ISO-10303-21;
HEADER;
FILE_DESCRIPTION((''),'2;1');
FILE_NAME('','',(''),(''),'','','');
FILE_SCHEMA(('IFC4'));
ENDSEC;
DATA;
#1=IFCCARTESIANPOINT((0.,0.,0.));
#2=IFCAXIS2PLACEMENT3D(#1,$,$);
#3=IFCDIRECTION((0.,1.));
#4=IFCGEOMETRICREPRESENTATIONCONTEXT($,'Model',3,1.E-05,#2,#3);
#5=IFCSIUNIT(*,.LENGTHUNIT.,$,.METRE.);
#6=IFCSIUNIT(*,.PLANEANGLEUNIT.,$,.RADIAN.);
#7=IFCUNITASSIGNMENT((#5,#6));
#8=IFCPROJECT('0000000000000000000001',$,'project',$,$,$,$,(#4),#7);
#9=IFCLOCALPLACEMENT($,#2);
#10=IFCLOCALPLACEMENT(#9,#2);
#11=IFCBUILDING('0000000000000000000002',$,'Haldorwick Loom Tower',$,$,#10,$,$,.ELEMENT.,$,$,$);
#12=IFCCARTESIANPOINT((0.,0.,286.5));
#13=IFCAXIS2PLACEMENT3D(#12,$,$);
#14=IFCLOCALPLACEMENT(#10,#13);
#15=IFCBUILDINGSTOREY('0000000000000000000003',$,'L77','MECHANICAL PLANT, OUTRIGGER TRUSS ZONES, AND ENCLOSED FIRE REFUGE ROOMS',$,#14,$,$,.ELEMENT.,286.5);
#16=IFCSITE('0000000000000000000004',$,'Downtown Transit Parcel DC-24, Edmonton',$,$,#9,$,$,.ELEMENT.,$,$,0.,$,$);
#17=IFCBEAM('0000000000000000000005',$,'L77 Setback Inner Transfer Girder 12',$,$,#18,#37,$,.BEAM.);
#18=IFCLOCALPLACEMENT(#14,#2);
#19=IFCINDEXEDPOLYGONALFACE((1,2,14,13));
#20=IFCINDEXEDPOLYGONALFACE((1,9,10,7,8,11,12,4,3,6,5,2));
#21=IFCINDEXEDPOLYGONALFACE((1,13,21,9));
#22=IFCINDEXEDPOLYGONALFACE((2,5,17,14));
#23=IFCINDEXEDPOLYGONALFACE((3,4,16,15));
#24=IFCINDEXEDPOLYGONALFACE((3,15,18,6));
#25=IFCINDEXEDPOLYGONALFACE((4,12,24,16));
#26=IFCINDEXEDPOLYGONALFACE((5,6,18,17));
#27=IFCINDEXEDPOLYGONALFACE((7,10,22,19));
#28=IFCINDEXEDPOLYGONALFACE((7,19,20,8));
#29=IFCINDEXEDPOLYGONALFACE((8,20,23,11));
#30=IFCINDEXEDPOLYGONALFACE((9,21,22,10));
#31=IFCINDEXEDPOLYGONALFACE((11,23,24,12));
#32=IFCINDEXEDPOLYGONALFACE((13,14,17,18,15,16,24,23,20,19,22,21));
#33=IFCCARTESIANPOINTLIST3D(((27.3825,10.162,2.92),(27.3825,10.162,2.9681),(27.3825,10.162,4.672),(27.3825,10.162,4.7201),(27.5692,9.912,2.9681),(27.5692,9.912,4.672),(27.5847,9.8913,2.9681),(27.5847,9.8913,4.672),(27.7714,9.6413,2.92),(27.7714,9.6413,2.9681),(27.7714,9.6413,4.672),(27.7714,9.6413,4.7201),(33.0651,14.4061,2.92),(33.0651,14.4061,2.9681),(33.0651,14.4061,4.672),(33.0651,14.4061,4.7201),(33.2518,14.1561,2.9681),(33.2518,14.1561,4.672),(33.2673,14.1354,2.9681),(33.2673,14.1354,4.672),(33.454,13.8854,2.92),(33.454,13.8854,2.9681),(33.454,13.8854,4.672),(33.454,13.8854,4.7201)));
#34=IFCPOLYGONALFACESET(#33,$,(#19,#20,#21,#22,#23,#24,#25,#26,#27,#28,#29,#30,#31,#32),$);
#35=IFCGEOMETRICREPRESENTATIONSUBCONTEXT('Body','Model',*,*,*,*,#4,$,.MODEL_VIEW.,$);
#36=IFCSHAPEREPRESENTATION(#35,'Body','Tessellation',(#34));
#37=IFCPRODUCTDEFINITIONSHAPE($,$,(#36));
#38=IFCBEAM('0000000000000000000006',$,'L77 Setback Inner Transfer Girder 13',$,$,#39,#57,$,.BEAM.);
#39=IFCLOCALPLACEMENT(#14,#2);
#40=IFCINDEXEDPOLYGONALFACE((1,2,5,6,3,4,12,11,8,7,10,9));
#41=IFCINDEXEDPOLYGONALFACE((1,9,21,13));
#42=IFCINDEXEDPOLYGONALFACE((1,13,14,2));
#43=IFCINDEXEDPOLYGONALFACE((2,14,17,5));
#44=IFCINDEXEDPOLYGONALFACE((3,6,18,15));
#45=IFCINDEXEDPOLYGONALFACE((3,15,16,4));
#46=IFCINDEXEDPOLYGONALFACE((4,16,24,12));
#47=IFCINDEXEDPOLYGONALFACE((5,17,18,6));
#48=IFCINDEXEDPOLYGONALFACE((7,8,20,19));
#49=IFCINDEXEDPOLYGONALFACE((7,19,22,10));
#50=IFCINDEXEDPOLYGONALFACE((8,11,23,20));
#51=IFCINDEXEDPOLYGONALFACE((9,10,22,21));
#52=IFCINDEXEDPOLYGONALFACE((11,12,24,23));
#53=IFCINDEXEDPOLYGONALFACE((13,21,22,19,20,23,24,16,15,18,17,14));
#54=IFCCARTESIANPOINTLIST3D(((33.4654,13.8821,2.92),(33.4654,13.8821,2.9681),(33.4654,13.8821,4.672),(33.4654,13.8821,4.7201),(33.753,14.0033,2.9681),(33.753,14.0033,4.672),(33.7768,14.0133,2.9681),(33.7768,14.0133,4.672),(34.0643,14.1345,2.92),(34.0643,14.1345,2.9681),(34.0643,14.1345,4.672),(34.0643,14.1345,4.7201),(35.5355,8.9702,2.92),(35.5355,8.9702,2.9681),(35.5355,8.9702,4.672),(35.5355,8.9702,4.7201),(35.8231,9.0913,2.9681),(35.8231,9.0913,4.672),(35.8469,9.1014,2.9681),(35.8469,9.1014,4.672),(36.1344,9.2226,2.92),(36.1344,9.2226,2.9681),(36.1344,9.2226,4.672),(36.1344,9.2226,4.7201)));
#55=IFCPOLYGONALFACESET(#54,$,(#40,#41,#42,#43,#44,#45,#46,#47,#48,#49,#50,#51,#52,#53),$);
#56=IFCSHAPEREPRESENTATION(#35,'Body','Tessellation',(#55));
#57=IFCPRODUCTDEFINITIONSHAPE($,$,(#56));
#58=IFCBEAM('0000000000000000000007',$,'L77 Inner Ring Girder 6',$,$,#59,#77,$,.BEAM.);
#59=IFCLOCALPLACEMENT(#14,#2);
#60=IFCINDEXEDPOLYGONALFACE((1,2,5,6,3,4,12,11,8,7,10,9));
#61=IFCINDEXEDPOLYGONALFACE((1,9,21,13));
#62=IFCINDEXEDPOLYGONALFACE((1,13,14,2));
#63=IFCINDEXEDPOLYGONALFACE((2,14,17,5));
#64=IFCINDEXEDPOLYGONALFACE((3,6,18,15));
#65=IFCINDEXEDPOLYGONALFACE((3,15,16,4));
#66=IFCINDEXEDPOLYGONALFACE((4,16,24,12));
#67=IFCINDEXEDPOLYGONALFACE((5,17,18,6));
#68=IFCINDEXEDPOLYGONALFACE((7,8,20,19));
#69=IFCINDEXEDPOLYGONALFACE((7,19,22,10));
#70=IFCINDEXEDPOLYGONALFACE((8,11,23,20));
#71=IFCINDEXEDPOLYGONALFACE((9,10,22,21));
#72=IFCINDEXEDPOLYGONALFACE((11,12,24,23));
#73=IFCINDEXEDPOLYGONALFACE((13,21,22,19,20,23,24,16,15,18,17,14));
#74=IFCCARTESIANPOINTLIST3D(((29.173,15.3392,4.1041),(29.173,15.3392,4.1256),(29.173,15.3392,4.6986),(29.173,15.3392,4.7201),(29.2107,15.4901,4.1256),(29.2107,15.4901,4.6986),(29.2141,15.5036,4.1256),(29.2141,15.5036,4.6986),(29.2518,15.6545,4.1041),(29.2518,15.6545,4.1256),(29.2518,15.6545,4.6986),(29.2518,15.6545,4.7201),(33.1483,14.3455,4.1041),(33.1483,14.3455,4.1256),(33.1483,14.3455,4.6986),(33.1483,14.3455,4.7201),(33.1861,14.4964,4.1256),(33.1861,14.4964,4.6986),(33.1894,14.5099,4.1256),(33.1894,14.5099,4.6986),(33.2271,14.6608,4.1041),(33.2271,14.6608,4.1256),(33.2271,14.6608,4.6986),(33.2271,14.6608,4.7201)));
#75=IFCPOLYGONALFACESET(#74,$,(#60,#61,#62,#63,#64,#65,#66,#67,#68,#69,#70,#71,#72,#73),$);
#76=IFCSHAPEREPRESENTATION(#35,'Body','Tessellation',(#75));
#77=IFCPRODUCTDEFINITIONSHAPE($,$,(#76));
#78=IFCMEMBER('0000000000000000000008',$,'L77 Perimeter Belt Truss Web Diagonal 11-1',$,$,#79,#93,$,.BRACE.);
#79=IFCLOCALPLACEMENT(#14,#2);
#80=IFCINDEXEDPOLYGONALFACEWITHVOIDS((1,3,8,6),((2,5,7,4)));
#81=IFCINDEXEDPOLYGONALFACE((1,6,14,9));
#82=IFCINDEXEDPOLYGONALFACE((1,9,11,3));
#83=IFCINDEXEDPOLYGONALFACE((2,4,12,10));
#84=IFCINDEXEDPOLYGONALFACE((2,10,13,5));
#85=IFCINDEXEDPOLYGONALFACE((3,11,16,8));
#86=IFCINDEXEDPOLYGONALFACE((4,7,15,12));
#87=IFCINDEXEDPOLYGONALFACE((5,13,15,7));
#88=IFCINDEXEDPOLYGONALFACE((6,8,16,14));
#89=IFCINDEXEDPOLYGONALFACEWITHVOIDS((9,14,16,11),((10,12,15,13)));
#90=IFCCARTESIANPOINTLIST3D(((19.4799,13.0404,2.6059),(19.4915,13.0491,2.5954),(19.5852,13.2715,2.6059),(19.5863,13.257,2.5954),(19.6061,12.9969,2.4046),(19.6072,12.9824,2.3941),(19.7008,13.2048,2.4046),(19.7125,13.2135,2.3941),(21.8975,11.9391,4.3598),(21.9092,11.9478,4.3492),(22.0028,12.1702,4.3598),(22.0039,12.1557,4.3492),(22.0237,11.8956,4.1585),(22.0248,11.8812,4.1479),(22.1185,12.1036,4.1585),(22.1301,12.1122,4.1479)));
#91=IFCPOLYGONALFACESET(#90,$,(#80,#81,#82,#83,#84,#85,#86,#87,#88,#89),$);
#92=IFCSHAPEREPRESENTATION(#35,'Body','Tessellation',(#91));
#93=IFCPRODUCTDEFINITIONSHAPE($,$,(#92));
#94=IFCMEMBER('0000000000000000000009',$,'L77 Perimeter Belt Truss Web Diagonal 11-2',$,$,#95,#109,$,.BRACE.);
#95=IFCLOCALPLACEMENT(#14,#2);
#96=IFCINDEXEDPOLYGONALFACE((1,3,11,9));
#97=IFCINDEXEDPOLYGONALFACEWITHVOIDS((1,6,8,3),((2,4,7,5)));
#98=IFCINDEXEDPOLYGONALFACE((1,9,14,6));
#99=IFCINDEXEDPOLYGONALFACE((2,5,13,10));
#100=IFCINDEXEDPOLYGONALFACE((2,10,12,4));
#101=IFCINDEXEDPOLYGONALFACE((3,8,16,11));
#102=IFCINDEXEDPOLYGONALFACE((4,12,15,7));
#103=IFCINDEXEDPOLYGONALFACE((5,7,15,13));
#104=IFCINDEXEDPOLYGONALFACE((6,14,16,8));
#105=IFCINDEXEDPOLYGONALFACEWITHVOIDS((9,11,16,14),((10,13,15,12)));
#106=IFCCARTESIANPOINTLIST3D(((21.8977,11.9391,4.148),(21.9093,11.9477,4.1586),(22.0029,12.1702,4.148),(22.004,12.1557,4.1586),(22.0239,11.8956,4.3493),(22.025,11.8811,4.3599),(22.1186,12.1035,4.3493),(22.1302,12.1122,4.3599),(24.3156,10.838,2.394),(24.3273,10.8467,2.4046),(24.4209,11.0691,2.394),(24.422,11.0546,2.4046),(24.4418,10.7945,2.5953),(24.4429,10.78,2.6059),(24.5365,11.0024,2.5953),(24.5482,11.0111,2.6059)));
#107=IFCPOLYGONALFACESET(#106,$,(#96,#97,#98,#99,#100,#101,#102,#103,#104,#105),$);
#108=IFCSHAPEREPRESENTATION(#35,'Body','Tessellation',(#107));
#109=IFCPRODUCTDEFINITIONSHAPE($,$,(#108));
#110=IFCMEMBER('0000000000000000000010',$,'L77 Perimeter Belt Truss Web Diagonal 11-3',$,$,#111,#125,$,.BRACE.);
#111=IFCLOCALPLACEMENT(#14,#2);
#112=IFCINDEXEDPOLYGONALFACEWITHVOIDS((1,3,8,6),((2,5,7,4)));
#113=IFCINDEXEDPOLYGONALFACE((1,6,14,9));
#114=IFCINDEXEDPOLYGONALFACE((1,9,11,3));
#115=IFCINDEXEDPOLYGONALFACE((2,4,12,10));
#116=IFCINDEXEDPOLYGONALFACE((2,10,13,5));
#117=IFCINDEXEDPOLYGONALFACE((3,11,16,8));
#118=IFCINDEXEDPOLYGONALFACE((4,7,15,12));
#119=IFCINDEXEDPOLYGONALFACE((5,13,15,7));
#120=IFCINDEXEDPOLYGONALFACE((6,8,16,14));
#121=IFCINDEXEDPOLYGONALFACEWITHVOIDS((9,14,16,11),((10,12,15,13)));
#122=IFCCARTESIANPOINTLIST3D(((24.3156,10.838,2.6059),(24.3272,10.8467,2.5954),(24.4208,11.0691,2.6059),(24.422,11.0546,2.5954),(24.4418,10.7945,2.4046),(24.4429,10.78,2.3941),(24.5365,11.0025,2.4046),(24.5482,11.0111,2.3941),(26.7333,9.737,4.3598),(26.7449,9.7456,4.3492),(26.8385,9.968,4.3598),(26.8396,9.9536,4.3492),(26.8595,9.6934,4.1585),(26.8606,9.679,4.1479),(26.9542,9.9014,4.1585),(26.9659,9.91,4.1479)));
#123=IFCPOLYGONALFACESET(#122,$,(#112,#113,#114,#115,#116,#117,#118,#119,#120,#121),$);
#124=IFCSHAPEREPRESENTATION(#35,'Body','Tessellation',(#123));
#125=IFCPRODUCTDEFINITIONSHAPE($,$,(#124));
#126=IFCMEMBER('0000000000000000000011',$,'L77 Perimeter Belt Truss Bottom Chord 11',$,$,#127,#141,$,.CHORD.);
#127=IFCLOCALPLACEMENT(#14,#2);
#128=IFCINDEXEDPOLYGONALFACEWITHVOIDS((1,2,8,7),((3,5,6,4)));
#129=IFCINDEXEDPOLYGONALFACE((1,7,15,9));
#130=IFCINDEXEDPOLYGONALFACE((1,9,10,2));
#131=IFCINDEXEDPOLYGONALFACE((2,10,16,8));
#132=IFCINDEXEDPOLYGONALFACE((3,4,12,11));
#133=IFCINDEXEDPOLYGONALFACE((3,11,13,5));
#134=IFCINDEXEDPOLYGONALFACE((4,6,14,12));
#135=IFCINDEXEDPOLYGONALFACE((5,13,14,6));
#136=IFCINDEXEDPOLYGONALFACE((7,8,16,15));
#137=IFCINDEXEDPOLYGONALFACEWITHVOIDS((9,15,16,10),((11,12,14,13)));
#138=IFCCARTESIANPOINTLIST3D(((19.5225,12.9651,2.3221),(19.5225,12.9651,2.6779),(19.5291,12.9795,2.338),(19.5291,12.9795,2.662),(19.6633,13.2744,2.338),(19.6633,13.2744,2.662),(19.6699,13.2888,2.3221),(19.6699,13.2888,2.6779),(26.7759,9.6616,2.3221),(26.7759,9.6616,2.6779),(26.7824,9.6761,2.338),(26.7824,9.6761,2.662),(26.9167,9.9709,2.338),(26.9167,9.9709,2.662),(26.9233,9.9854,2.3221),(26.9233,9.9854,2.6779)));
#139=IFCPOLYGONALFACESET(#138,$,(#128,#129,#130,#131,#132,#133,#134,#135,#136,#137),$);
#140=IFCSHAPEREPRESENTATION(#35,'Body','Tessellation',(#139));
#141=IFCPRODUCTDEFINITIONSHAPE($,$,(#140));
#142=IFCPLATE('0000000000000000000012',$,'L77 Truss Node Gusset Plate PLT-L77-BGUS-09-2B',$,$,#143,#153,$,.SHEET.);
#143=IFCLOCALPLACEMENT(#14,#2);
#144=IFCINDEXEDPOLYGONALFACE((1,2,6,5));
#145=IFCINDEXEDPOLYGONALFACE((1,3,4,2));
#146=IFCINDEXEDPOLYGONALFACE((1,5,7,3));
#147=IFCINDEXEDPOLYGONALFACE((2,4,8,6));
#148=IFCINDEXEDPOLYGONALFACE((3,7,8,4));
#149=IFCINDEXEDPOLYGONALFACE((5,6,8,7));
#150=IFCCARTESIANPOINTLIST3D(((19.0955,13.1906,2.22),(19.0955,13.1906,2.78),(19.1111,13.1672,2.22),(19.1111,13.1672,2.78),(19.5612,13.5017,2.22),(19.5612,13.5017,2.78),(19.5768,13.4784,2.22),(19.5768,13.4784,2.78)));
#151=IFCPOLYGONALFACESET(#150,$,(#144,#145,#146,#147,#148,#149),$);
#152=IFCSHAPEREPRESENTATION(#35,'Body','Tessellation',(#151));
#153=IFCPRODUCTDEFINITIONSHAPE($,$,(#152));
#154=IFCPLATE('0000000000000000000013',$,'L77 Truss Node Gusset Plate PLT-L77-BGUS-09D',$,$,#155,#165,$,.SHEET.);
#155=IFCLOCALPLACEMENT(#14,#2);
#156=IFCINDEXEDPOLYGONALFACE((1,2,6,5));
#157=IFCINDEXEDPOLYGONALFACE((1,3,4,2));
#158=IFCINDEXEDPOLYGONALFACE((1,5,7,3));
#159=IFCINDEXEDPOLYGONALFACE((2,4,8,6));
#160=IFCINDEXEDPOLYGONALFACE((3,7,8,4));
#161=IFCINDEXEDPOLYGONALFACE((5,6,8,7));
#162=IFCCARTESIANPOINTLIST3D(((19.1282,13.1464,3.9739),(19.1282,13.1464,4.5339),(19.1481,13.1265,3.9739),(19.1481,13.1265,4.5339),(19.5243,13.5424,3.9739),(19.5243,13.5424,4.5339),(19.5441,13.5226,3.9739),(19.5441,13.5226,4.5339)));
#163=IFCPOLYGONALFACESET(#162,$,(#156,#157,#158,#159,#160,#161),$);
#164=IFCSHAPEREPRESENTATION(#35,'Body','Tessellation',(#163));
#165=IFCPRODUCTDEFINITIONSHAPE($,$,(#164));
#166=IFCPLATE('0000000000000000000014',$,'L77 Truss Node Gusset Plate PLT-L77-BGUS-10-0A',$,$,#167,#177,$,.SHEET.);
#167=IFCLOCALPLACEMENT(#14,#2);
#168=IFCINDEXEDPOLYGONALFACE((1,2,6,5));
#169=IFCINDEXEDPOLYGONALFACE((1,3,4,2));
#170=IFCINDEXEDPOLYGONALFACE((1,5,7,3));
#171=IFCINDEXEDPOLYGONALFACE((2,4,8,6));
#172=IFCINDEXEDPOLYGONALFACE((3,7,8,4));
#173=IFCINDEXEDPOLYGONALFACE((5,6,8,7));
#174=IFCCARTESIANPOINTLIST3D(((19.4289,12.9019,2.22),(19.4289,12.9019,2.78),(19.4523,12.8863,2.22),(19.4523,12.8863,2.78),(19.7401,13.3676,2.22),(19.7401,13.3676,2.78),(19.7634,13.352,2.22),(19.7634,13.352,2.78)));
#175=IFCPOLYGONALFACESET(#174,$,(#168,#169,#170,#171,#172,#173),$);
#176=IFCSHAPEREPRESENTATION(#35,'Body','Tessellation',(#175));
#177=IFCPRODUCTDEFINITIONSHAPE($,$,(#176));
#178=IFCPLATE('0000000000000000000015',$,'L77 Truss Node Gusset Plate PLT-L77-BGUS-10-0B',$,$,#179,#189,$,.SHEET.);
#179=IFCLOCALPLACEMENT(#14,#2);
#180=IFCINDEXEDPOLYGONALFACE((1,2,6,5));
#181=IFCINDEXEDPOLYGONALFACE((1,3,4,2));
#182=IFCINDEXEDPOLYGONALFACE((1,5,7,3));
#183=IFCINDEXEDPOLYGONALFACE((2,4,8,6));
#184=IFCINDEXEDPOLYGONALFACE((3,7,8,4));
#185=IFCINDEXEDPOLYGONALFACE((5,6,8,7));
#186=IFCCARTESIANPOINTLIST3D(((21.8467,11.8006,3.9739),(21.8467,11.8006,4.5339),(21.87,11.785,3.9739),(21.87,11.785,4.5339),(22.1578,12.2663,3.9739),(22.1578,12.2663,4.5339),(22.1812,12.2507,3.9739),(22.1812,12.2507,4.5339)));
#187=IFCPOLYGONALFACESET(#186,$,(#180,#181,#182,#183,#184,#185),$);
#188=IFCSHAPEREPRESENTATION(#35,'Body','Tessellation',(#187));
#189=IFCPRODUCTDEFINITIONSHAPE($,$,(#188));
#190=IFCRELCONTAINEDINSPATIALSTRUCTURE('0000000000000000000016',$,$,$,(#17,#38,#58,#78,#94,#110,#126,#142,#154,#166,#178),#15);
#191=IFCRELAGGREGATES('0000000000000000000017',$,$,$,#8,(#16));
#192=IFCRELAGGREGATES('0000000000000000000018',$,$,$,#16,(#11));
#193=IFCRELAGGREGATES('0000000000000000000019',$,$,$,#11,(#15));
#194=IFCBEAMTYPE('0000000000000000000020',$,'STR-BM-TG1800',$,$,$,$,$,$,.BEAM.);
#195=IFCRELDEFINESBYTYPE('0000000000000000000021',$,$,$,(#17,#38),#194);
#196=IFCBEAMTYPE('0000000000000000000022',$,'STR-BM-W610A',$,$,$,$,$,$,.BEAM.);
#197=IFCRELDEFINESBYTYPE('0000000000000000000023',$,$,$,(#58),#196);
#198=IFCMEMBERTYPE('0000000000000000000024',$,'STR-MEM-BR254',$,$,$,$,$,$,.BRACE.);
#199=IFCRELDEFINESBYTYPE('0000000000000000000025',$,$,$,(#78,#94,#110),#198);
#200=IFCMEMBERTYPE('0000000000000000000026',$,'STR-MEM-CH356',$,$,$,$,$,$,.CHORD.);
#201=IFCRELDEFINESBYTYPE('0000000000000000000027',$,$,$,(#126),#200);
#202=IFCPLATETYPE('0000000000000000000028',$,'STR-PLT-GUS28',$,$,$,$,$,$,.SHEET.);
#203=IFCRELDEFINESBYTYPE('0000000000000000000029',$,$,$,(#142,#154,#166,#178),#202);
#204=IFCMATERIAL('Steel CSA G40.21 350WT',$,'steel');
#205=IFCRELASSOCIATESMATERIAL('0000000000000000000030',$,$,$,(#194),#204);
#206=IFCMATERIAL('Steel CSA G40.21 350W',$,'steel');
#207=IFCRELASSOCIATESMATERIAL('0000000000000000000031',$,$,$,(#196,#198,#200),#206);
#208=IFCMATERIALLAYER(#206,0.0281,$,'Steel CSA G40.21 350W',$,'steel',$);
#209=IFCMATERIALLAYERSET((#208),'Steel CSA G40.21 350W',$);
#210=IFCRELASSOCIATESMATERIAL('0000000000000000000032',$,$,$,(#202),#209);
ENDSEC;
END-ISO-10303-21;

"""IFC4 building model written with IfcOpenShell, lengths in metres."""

from ifc_helpers import new_model, si_unit, direction, frame, origin, origin_2d, place, context, subcontext, project, spatial, rectangle, hollow_rectangle, i_section, extrude, material, layer, layer_set, material_profile, profile_set, type_object, element, save


model = new_model("IFC4")

# Units and contexts
model_context = context("Model", 3, precision=1e-05, world=origin(), true_north=direction((0.0, 1.0)))
body_context = subcontext(model_context, "Body", "Model", "MODEL_VIEW")
ifc_project = project(units=[si_unit("LENGTHUNIT", "METRE"), si_unit("PLANEANGLEUNIT", "RADIAN")], contexts=[model_context])

# Site, building, storey
site_placement = place(None, origin())
site = spatial("IfcSite", under=ifc_project, at=site_placement, Name="Downtown Transit Parcel DC-24, Edmonton", CompositionType="ELEMENT", RefElevation=0.0)
building_placement = place(site_placement, origin())
building = spatial("IfcBuilding", under=site, at=building_placement, Name="Haldorwick Loom Tower", CompositionType="ELEMENT")
storey_placement = place(building_placement, frame((0.0, 0.0, 286.5)))
storey = spatial("IfcBuildingStorey", under=building, at=storey_placement, Name="L77", Description="MECHANICAL PLANT, OUTRIGGER TRUSS ZONES, AND ENCLOSED FIRE REFUGE ROOMS", CompositionType="ELEMENT", Elevation=286.5)

# Shared definitions
ifc_material_1 = material(Name="Steel CSA G40.21 350W", Category="steel")

# Beams
ifc_material_2 = material(Name="Steel CSA G40.21 350WT", Category="steel")
ifc_material_profile_1 = material_profile(ifc_material_2, i_section(OverallWidth=0.6499, OverallDepth=1.8, WebThickness=0.0259, FlangeThickness=0.0481, at=origin_2d()), Name="WWF1800X650", Category="steel")
ifc_profile_set_1 = profile_set([ifc_material_profile_1], Name="Steel CSA G40.21 350WT")
beam_type_1 = type_object("IfcBeamType", Name="STR-BM-TG1800", PredefinedType="BEAM", material=ifc_profile_set_1)
beam_1_placement = place(storey_placement, frame((33.2595, 14.1458, 3.8201), z_axis=(-0.801205, -0.598391, 0.0), x_axis=(0.598391, -0.801205, 0.0)))
element("IfcBeam", 1, at=beam_1_placement, inside=storey, type_object=beam_type_1, Name="L77 Setback Inner Transfer Girder 12", PredefinedType="BEAM", context=body_context, shape_type="SweptSolid", body=[
    extrude(i_section(OverallWidth=0.6499, OverallDepth=1.8, WebThickness=0.0259, FlangeThickness=0.0481, at=origin_2d()), origin(), (0.0, 0.0, 1.0), 7.0925),
])
beam_2_placement = place(storey_placement, frame((33.7649, 14.0083, 3.8201), z_axis=(0.388362, -0.921507, 0.0), x_axis=(0.921507, 0.388362, 0.0)))
element("IfcBeam", 2, at=beam_2_placement, inside=storey, type_object=beam_type_1, Name="L77 Setback Inner Transfer Girder 13", PredefinedType="BEAM", context=body_context, shape_type="SweptSolid", body=[
    extrude(i_section(OverallWidth=0.6499, OverallDepth=1.8, WebThickness=0.0259, FlangeThickness=0.0481, at=origin_2d()), origin(), (0.0, 0.0, 1.0), 5.3303),
])
ifc_material_profile_2 = material_profile(ifc_material_1, i_section(OverallWidth=0.325, OverallDepth=0.616, WebThickness=0.0139, FlangeThickness=0.0215, at=origin_2d()), Name="W610X174", Category="steel")
ifc_profile_set_2 = profile_set([ifc_material_profile_2], Name="Steel CSA G40.21 350W")
beam_type_2 = type_object("IfcBeamType", Name="STR-BM-W610A", PredefinedType="BEAM", material=ifc_profile_set_2)
beam_3_placement = place(storey_placement, frame((33.1877, 14.5032, 4.4121), z_axis=(-0.970153, 0.242494, 0.0), x_axis=(-0.242494, -0.970153, 0.0)))
element("IfcBeam", 3, at=beam_3_placement, inside=storey, type_object=beam_type_2, Name="L77 Inner Ring Girder 6", PredefinedType="BEAM", context=body_context, shape_type="SweptSolid", body=[
    extrude(i_section(OverallWidth=0.325, OverallDepth=0.616, WebThickness=0.0139, FlangeThickness=0.0215, at=origin_2d()), origin(), (0.0, 0.0, 1.0), 4.0977),
])

# Members
ifc_material_profile_3 = material_profile(ifc_material_1, hollow_rectangle(XDim=0.2539, YDim=0.2539, WallThickness=0.0127, at=origin_2d()), Name="HSS254X254X13", Category="steel")
ifc_profile_set_3 = profile_set([ifc_material_profile_3], Name="Steel CSA G40.21 350W")
member_type_1 = type_object("IfcMemberType", Name="STR-MEM-BR254", PredefinedType="BRACE", material=ifc_profile_set_3)
member_1_placement = place(storey_placement, frame((19.5962, 13.127, 2.5), z_axis=(0.759462, -0.345949, 0.550942), x_axis=(0.414537, 0.910033, 0.0)))
element("IfcMember", 4, at=member_1_placement, inside=storey, type_object=member_type_1, Name="L77 Perimeter Belt Truss Web Diagonal 11-1", PredefinedType="BRACE", context=body_context, shape_type="SweptSolid", body=[
    extrude(hollow_rectangle(XDim=0.2539, YDim=0.2539, WallThickness=0.0127, at=origin_2d()), origin(), (0.0, 0.0, 1.0), 3.1833),
])
member_2_placement = place(storey_placement, frame((22.0139, 12.0256, 4.2539), z_axis=(0.759515, -0.345861, -0.550924), x_axis=(0.414426, 0.910083, 0.0)))
element("IfcMember", 5, at=member_2_placement, inside=storey, type_object=member_type_1, Name="L77 Perimeter Belt Truss Web Diagonal 11-2", PredefinedType="BRACE", context=body_context, shape_type="SweptSolid", body=[
    extrude(hollow_rectangle(XDim=0.2539, YDim=0.2539, WallThickness=0.0127, at=origin_2d()), origin(), (0.0, 0.0, 1.0), 3.1836),
])
member_3_placement = place(storey_placement, frame((24.4319, 10.9246, 2.5), z_axis=(0.759482, -0.345882, 0.550956), x_axis=(0.414461, 0.910067, 0.0)))
element("IfcMember", 6, at=member_3_placement, inside=storey, type_object=member_type_1, Name="L77 Perimeter Belt Truss Web Diagonal 11-3", PredefinedType="BRACE", context=body_context, shape_type="SweptSolid", body=[
    extrude(hollow_rectangle(XDim=0.2539, YDim=0.2539, WallThickness=0.0127, at=origin_2d()), origin(), (0.0, 0.0, 1.0), 3.1833),
])
ifc_material_profile_4 = material_profile(ifc_material_1, hollow_rectangle(XDim=0.3557, YDim=0.3557, WallThickness=0.0159, at=origin_2d()), Name="HSS356X356X16", Category="steel")
ifc_profile_set_4 = profile_set([ifc_material_profile_4], Name="Steel CSA G40.21 350W")
member_type_2 = type_object("IfcMemberType", Name="STR-MEM-CH356", PredefinedType="CHORD", material=ifc_profile_set_4)
member_4_placement = place(storey_placement, frame((19.5962, 13.127, 2.5), z_axis=(0.910061, -0.414474, 0.0), x_axis=(0.414474, 0.910061, 0.0)))
element("IfcMember", 7, at=member_4_placement, inside=storey, type_object=member_type_2, Name="L77 Perimeter Belt Truss Bottom Chord 11", PredefinedType="CHORD", context=body_context, shape_type="SweptSolid", body=[
    extrude(hollow_rectangle(XDim=0.3557, YDim=0.3557, WallThickness=0.0159, at=origin_2d()), origin(), (0.0, 0.0, 1.0), 7.9702),
])

# Plates
ifc_layer_1 = layer(ifc_material_1, 0.0281, Name="Steel CSA G40.21 350W", Category="steel")
ifc_layer_set_1 = layer_set([ifc_layer_1], Name="Steel CSA G40.21 350W")
plate_type = type_object("IfcPlateType", Name="STR-PLT-GUS28", PredefinedType="SHEET", material=ifc_layer_set_1)
for number, where, z_axis, x_axis, name in (
    (8, (19.3362, 13.3345, 2.22), (0.0, 0.0, 1.0), (-0.83147, -0.55557, 0.0), "L77 Truss Node Gusset Plate PLT-L77-BGUS-09-2B"),
    (9, (19.3362, 13.3345, 3.9739), (0.0, 0.0, 1.0), (-0.707107, -0.707107, 0.0), "L77 Truss Node Gusset Plate PLT-L77-BGUS-09D"),
    (10, (19.5962, 13.127, 2.22), (0.0, 0.0, 1.0), (-0.55557, -0.83147, 0.0), "L77 Truss Node Gusset Plate PLT-L77-BGUS-10-0A"),
    (11, (22.0139, 12.0256, 3.9739), (0.0, 0.0, 1.0), (-0.55557, -0.83147, 0.0), "L77 Truss Node Gusset Plate PLT-L77-BGUS-10-0B"),
):
    element("IfcPlate", number, at=place(storey_placement, frame(where, z_axis=z_axis, x_axis=x_axis)), inside=storey, type_object=plate_type, Name=name, PredefinedType="SHEET", context=body_context, shape_type="SweptSolid", body=[
        extrude(rectangle(XDim=0.5601, YDim=0.0281, at=origin_2d()), origin(), (0.0, 0.0, 1.0), 0.5601),
    ])

save(model, "model.ifc")
